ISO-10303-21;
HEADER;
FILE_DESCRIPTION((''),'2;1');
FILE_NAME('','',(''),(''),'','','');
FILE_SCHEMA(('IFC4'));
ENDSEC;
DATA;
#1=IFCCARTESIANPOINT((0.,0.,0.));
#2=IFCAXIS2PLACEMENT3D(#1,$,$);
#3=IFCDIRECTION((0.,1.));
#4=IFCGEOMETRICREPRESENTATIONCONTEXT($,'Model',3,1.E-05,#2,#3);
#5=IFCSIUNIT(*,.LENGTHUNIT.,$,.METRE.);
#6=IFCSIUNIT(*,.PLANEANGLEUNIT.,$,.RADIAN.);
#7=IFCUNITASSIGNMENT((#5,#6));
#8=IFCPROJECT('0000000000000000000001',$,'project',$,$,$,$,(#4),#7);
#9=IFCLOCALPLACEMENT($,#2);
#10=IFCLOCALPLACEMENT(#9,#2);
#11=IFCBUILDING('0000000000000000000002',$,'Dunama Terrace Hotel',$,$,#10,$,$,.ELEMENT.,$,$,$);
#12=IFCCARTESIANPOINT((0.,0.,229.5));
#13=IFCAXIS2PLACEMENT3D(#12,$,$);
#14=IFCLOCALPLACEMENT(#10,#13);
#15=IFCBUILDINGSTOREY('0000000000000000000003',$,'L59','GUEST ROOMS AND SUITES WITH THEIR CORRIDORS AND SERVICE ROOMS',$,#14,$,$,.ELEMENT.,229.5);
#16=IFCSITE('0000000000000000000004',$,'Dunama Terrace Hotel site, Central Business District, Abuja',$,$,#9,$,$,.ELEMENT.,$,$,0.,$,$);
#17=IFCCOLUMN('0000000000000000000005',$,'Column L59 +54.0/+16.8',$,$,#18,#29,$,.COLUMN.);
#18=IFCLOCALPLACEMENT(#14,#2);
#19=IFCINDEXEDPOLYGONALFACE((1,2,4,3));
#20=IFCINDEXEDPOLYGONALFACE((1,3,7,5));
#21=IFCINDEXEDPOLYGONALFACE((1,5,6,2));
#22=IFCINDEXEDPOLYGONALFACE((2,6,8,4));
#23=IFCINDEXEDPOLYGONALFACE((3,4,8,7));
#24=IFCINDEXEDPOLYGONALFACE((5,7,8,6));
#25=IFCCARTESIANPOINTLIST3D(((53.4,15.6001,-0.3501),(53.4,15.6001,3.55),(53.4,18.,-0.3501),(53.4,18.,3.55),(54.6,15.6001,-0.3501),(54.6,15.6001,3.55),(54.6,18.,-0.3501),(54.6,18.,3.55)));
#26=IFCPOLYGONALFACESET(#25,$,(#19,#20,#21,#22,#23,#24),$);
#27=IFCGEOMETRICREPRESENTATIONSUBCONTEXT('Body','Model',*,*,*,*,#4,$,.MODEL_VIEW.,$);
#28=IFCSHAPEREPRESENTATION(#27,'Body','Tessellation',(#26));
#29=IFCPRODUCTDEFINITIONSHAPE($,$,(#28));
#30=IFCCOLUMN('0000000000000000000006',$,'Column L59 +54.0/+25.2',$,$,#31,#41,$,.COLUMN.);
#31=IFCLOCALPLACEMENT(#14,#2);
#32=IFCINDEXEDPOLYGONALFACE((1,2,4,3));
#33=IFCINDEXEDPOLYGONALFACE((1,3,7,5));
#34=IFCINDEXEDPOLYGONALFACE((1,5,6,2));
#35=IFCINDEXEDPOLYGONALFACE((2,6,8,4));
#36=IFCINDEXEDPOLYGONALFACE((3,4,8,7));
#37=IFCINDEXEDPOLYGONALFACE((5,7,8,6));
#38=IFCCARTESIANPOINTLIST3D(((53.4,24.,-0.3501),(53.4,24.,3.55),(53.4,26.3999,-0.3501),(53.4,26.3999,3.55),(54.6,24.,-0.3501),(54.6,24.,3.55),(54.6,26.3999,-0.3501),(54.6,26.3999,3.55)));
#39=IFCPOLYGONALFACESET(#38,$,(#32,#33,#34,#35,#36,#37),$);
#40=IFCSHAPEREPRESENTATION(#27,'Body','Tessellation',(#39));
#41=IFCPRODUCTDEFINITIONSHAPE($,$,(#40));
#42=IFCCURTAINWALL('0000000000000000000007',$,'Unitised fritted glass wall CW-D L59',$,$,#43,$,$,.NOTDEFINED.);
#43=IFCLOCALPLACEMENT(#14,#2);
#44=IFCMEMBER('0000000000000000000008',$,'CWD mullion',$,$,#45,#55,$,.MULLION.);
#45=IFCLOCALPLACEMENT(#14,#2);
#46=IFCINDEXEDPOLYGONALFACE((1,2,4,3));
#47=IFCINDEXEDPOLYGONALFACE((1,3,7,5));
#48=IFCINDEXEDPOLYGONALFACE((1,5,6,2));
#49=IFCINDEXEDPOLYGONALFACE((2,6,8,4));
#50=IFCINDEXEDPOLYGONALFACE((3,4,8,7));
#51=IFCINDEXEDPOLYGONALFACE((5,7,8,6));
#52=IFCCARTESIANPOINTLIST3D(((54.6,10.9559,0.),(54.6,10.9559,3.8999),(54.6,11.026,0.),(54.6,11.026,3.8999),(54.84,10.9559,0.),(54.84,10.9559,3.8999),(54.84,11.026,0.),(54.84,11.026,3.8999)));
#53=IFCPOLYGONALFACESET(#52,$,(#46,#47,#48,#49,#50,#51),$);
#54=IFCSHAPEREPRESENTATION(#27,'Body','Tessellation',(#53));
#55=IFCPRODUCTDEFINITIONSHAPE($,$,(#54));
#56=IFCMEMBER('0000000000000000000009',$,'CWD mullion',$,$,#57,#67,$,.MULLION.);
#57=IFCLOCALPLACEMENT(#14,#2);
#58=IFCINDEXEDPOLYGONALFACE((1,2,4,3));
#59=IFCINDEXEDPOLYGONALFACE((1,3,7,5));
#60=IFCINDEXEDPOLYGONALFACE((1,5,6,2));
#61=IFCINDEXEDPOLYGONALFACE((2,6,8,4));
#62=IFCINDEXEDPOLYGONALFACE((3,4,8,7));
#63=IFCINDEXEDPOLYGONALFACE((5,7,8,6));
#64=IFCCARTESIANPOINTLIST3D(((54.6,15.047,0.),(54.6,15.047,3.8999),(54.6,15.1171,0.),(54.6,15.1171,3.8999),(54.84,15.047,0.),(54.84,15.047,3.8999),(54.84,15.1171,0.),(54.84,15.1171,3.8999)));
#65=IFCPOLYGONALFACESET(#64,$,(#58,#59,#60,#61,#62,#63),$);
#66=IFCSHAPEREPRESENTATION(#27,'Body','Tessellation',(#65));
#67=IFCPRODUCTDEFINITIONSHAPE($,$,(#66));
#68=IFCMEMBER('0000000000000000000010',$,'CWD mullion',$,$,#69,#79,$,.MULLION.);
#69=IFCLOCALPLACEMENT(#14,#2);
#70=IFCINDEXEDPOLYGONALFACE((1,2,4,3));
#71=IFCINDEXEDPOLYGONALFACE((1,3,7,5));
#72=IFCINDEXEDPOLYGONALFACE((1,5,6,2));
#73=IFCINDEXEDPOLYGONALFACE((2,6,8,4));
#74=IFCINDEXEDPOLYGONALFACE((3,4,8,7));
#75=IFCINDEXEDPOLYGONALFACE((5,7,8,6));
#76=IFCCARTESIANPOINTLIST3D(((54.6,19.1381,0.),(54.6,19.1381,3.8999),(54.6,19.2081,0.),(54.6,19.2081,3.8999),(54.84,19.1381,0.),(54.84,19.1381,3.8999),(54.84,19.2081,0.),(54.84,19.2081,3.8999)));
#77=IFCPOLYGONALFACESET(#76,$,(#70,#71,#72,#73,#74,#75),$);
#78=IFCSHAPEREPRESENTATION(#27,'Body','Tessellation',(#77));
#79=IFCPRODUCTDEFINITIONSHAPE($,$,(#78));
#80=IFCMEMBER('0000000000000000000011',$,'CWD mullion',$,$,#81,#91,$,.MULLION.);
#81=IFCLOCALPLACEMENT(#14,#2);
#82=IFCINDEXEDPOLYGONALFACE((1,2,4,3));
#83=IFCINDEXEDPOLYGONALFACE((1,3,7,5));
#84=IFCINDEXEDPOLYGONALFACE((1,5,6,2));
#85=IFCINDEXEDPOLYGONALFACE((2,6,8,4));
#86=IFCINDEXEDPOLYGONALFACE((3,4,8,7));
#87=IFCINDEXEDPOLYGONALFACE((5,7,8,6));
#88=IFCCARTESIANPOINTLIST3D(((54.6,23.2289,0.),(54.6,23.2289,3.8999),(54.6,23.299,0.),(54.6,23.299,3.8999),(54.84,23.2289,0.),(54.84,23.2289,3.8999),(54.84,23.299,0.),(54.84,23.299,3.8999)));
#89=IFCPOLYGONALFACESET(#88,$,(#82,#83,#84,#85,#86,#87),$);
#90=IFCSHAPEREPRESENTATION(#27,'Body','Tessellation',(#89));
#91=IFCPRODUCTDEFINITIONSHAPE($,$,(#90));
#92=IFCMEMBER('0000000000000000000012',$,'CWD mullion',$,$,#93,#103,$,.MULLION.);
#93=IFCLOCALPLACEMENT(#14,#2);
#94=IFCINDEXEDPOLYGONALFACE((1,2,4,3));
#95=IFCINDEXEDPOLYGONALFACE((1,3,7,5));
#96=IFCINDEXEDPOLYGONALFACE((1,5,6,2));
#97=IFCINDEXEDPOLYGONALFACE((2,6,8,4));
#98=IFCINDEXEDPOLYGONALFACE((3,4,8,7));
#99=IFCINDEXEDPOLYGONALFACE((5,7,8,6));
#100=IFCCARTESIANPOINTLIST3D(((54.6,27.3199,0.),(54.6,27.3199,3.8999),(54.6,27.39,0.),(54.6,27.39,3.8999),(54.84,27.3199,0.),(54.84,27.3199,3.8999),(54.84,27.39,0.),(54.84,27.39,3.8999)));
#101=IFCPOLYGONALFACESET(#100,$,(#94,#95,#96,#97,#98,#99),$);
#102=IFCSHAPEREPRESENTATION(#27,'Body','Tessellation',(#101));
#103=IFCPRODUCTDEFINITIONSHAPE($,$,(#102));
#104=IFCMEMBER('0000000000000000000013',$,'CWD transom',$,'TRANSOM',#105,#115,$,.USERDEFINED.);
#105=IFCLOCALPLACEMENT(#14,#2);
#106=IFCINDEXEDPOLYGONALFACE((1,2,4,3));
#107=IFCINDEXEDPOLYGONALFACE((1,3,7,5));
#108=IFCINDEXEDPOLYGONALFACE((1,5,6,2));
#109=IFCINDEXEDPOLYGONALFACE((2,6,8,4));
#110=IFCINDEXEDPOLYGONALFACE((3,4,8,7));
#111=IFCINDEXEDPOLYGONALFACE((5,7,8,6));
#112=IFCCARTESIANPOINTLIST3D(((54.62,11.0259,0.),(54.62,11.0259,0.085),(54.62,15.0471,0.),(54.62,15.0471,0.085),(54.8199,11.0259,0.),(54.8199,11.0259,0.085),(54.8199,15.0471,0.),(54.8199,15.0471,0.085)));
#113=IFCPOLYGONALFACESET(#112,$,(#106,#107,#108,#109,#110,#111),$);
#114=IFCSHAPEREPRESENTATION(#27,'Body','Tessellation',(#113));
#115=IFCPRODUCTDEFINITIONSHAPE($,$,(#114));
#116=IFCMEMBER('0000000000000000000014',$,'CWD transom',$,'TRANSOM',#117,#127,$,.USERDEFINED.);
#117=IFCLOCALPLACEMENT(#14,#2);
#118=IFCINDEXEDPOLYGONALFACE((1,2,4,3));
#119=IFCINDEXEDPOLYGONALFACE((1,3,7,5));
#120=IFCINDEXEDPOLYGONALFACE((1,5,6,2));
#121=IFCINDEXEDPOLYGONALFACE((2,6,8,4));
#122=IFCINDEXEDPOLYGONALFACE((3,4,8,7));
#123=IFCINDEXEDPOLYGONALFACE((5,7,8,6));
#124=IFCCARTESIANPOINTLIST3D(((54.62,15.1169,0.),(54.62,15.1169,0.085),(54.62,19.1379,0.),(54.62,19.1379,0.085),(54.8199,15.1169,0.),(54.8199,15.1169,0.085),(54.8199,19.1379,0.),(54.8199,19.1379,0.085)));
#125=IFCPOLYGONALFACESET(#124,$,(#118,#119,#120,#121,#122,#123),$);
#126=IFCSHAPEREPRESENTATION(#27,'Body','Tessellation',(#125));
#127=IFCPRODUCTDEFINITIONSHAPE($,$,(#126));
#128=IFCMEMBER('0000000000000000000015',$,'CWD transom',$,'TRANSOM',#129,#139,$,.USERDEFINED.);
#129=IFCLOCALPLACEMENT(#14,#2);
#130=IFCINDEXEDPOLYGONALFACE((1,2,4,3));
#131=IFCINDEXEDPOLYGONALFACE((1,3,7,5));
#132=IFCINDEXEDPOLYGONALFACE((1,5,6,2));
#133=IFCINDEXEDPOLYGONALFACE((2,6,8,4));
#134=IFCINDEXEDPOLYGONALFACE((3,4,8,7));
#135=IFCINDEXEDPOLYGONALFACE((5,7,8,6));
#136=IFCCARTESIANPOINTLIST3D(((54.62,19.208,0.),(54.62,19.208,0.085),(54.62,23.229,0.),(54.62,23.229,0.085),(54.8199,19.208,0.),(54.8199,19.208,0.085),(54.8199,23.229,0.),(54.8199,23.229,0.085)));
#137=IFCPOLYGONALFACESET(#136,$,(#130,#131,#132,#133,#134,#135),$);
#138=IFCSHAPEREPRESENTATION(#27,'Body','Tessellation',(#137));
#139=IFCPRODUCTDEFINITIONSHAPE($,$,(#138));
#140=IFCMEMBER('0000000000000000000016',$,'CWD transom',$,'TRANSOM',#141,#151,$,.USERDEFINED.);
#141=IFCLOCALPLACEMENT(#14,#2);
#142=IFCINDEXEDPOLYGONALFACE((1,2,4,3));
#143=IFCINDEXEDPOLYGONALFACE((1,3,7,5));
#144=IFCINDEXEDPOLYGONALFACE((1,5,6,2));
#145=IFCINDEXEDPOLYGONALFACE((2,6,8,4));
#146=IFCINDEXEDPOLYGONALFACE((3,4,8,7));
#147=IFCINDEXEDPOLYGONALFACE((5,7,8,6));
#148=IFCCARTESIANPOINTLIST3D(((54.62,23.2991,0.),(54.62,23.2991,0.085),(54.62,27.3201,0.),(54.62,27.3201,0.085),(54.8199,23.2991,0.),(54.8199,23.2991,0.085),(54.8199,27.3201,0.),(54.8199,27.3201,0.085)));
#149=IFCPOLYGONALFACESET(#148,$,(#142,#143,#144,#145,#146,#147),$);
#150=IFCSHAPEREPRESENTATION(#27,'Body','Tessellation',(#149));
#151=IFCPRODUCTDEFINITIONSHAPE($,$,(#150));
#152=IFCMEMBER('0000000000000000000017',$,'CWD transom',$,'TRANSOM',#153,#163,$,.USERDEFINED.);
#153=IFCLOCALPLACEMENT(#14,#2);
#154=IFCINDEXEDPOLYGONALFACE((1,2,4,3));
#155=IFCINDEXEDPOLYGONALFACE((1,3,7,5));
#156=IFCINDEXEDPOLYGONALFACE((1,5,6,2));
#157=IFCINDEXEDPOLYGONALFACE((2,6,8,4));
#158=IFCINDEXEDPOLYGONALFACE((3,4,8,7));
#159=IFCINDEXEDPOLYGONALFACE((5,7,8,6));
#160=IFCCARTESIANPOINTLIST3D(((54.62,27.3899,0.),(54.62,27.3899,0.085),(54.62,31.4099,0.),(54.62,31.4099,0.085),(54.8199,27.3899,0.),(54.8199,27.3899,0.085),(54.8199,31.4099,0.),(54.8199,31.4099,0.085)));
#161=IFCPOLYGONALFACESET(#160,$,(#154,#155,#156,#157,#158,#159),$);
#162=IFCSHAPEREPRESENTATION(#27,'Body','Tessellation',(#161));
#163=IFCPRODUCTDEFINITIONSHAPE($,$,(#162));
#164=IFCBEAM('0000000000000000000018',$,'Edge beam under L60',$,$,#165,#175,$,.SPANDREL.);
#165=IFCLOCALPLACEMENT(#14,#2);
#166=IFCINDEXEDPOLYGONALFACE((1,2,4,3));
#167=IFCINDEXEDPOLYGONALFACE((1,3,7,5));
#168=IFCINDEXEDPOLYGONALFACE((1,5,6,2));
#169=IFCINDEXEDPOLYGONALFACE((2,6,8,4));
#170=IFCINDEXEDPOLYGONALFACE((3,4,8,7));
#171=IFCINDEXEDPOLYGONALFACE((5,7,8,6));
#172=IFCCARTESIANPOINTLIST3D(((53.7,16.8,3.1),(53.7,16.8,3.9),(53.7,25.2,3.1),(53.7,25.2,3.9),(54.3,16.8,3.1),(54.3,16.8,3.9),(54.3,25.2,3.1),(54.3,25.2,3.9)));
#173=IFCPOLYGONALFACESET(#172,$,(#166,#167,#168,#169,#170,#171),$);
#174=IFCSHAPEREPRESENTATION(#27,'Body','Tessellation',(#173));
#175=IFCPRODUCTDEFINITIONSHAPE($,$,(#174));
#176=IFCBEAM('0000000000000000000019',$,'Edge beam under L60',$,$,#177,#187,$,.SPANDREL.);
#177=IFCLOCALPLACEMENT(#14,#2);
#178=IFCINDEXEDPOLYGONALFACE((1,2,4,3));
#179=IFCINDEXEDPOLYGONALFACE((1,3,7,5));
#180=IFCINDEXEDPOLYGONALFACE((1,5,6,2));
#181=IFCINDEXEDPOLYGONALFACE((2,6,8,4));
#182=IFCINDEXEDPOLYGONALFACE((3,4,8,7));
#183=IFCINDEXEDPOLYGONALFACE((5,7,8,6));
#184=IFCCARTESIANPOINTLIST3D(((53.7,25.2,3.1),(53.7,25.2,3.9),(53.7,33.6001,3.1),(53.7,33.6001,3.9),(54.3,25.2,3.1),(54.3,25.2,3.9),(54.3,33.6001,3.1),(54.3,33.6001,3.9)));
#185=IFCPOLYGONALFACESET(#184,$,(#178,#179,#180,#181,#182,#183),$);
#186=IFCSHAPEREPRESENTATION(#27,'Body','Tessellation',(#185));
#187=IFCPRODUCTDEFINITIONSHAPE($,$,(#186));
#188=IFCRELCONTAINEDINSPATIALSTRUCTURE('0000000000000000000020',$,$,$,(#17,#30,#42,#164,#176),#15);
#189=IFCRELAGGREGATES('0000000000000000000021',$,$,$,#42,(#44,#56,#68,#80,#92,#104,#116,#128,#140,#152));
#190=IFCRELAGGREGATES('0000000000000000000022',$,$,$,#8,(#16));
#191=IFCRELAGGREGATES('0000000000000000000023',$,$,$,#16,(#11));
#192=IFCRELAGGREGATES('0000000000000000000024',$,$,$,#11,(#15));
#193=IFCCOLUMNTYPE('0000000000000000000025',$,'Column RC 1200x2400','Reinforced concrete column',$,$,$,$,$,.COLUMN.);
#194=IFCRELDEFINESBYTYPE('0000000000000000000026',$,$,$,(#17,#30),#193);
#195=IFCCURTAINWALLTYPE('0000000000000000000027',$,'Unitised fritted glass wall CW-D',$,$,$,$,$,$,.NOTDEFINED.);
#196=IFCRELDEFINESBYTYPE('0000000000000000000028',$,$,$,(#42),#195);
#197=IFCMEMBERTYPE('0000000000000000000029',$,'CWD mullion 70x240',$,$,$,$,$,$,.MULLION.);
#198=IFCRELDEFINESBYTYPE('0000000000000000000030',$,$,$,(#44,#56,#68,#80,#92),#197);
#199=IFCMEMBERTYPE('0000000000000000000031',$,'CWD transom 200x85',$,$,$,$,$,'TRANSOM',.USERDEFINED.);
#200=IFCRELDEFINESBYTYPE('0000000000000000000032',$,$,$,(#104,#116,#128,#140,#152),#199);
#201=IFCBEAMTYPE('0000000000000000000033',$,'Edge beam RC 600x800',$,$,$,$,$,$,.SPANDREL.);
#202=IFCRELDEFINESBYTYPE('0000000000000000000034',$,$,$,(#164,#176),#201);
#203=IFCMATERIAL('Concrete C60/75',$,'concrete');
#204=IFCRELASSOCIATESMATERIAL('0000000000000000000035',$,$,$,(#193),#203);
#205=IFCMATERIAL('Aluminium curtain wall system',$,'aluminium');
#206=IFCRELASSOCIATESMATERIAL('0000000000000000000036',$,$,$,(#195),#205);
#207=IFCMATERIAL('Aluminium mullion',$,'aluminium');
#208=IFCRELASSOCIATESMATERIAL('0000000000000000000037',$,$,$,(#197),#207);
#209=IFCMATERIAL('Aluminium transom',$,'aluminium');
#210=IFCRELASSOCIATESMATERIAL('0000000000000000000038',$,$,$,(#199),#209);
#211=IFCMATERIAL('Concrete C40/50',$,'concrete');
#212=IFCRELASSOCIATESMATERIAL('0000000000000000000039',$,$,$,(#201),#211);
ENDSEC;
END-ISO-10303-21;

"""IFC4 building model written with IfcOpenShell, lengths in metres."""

from ifc_helpers import new_model, si_unit, direction, frame, origin, origin_2d, place, context, subcontext, project, spatial, rectangle, extrude, material, material_profile, profile_set, type_object, element, aggregate, save


model = new_model("IFC4")

# Units and contexts
model_context = context("Model", 3, precision=1e-05, world=origin(), true_north=direction((0.0, 1.0)))
body_context = subcontext(model_context, "Body", "Model", "MODEL_VIEW")
ifc_project = project(units=[si_unit("LENGTHUNIT", "METRE"), si_unit("PLANEANGLEUNIT", "RADIAN")], contexts=[model_context])

# Site, building, storey
site_placement = place(None, origin())
site = spatial("IfcSite", under=ifc_project, at=site_placement, Name="Dunama Terrace Hotel site, Central Business District, Abuja", CompositionType="ELEMENT", RefElevation=0.0)
building_placement = place(site_placement, origin())
building = spatial("IfcBuilding", under=site, at=building_placement, Name="Dunama Terrace Hotel", CompositionType="ELEMENT")
storey_placement = place(building_placement, frame((0.0, 0.0, 229.5)))
storey = spatial("IfcBuildingStorey", under=building, at=storey_placement, Name="L59", Description="GUEST ROOMS AND SUITES WITH THEIR CORRIDORS AND SERVICE ROOMS", CompositionType="ELEMENT", Elevation=229.5)

# Columns
ifc_material_1 = material(Name="Concrete C60/75", Category="concrete")
ifc_material_profile_1 = material_profile(ifc_material_1, rectangle(XDim=1.2, YDim=2.3999, at=origin_2d()), Name="RC 1200x2400")
ifc_profile_set_1 = profile_set([ifc_material_profile_1], Name="Concrete C60/75")
column_type = type_object("IfcColumnType", Name="Column RC 1200x2400", Description="Reinforced concrete column", PredefinedType="COLUMN", material=ifc_profile_set_1)
for number, where, z_axis, x_axis, name in (
    (1, (54.0, 16.8, -0.3501), (0.0, 0.0, 1.0), (1.0, 0.0, 0.0), "Column L59 +54.0/+16.8"),
    (2, (54.0, 25.2, -0.3501), (0.0, 0.0, 1.0), (1.0, 0.0, 0.0), "Column L59 +54.0/+25.2"),
):
    element("IfcColumn", number, at=place(storey_placement, frame(where, z_axis=z_axis, x_axis=x_axis)), inside=storey, type_object=column_type, Name=name, PredefinedType="COLUMN", context=body_context, shape_type="SweptSolid", body=[
        extrude(rectangle(XDim=1.2, YDim=2.3999, at=origin_2d()), origin(), (0.0, 0.0, 1.0), 3.9001),
    ])

# Curtain wall, members
ifc_material_2 = material(Name="Aluminium curtain wall system", Category="aluminium")
curtain_wall_type = type_object("IfcCurtainWallType", Name="Unitised fritted glass wall CW-D", PredefinedType="NOTDEFINED", material=ifc_material_2)
curtain_wall_placement = place(storey_placement, origin())
curtain_wall = element("IfcCurtainWall", 3, at=curtain_wall_placement, inside=storey, type_object=curtain_wall_type, Name="Unitised fritted glass wall CW-D L59", PredefinedType="NOTDEFINED")
ifc_material_3 = material(Name="Aluminium mullion", Category="aluminium")
ifc_material_profile_2 = material_profile(ifc_material_3, rectangle(XDim=0.0701, YDim=0.24, at=origin_2d()), Name="CWD MULLION 70X240")
ifc_profile_set_2 = profile_set([ifc_material_profile_2], Name="Aluminium mullion")
member_type_1 = type_object("IfcMemberType", Name="CWD mullion 70x240", PredefinedType="MULLION", material=ifc_profile_set_2)
member_1_placement = place(storey_placement, frame((54.72, 10.991, 0.0), z_axis=(0.0, 0.0, 1.0), x_axis=(0.0, 1.0, 0.0)))
member_1 = element("IfcMember", 4, at=member_1_placement, type_object=member_type_1, Name="CWD mullion", PredefinedType="MULLION", context=body_context, shape_type="SweptSolid", body=[
    extrude(rectangle(XDim=0.0701, YDim=0.24, at=origin_2d()), origin(), (0.0, 0.0, 1.0), 3.8999),
])
member_2_placement = place(storey_placement, frame((54.72, 15.082, 0.0), z_axis=(0.0, 0.0, 1.0), x_axis=(0.0, 1.0, 0.0)))
member_2 = element("IfcMember", 5, at=member_2_placement, type_object=member_type_1, Name="CWD mullion", PredefinedType="MULLION", context=body_context, shape_type="SweptSolid", body=[
    extrude(rectangle(XDim=0.0701, YDim=0.24, at=origin_2d()), origin(), (0.0, 0.0, 1.0), 3.8999),
])
member_3_placement = place(storey_placement, frame((54.72, 19.1731, 0.0), z_axis=(0.0, 0.0, 1.0), x_axis=(0.0, 1.0, 0.0)))
member_3 = element("IfcMember", 6, at=member_3_placement, type_object=member_type_1, Name="CWD mullion", PredefinedType="MULLION", context=body_context, shape_type="SweptSolid", body=[
    extrude(rectangle(XDim=0.0701, YDim=0.24, at=origin_2d()), origin(), (0.0, 0.0, 1.0), 3.8999),
])
member_4_placement = place(storey_placement, frame((54.72, 23.2639, 0.0), z_axis=(0.0, 0.0, 1.0), x_axis=(0.0, 1.0, 0.0)))
member_4 = element("IfcMember", 7, at=member_4_placement, type_object=member_type_1, Name="CWD mullion", PredefinedType="MULLION", context=body_context, shape_type="SweptSolid", body=[
    extrude(rectangle(XDim=0.0701, YDim=0.24, at=origin_2d()), origin(), (0.0, 0.0, 1.0), 3.8999),
])
member_5_placement = place(storey_placement, frame((54.72, 27.355, 0.0), z_axis=(0.0, 0.0, 1.0), x_axis=(0.0, 1.0, 0.0)))
member_5 = element("IfcMember", 8, at=member_5_placement, type_object=member_type_1, Name="CWD mullion", PredefinedType="MULLION", context=body_context, shape_type="SweptSolid", body=[
    extrude(rectangle(XDim=0.0701, YDim=0.24, at=origin_2d()), origin(), (0.0, 0.0, 1.0), 3.8999),
])
ifc_material_4 = material(Name="Aluminium transom", Category="aluminium")
ifc_material_profile_3 = material_profile(ifc_material_4, rectangle(XDim=0.2, YDim=0.085, at=origin_2d()), Name="CWD TRANSOM 200X85")
ifc_profile_set_3 = profile_set([ifc_material_profile_3], Name="Aluminium transom")
member_type_2 = type_object("IfcMemberType", Name="CWD transom 200x85", ElementType="TRANSOM", PredefinedType="USERDEFINED", material=ifc_profile_set_3)
member_6_placement = place(storey_placement, frame((54.72, 11.0259, 0.0425), z_axis=(0.0, 1.0, 0.0), x_axis=(-1.0, 0.0, 0.0)))
member_6 = element("IfcMember", 9, at=member_6_placement, type_object=member_type_2, Name="CWD transom", ObjectType="TRANSOM", PredefinedType="USERDEFINED", context=body_context, shape_type="SweptSolid", body=[
    extrude(rectangle(XDim=0.2, YDim=0.085, at=origin_2d()), origin(), (0.0, 0.0, 1.0), 4.0212),
])
member_7_placement = place(storey_placement, frame((54.72, 15.1169, 0.0425), z_axis=(0.0, 1.0, 0.0), x_axis=(-1.0, 0.0, 0.0)))
member_7 = element("IfcMember", 10, at=member_7_placement, type_object=member_type_2, Name="CWD transom", ObjectType="TRANSOM", PredefinedType="USERDEFINED", context=body_context, shape_type="SweptSolid", body=[
    extrude(rectangle(XDim=0.2, YDim=0.085, at=origin_2d()), origin(), (0.0, 0.0, 1.0), 4.021),
])
member_8_placement = place(storey_placement, frame((54.72, 19.208, 0.0425), z_axis=(0.0, 1.0, 0.0), x_axis=(-1.0, 0.0, 0.0)))
member_8 = element("IfcMember", 11, at=member_8_placement, type_object=member_type_2, Name="CWD transom", ObjectType="TRANSOM", PredefinedType="USERDEFINED", context=body_context, shape_type="SweptSolid", body=[
    extrude(rectangle(XDim=0.2, YDim=0.085, at=origin_2d()), origin(), (0.0, 0.0, 1.0), 4.021),
])
member_9_placement = place(storey_placement, frame((54.72, 23.2991, 0.0425), z_axis=(0.0, 1.0, 0.0), x_axis=(-1.0, 0.0, 0.0)))
member_9 = element("IfcMember", 12, at=member_9_placement, type_object=member_type_2, Name="CWD transom", ObjectType="TRANSOM", PredefinedType="USERDEFINED", context=body_context, shape_type="SweptSolid", body=[
    extrude(rectangle(XDim=0.2, YDim=0.085, at=origin_2d()), origin(), (0.0, 0.0, 1.0), 4.021),
])
member_10_placement = place(storey_placement, frame((54.72, 27.3899, 0.0425), z_axis=(0.0, 1.0, 0.0), x_axis=(-1.0, 0.0, 0.0)))
member_10 = element("IfcMember", 13, at=member_10_placement, type_object=member_type_2, Name="CWD transom", ObjectType="TRANSOM", PredefinedType="USERDEFINED", context=body_context, shape_type="SweptSolid", body=[
    extrude(rectangle(XDim=0.2, YDim=0.085, at=origin_2d()), origin(), (0.0, 0.0, 1.0), 4.02),
])

# Beams
ifc_material_5 = material(Name="Concrete C40/50", Category="concrete")
ifc_material_profile_4 = material_profile(ifc_material_5, rectangle(XDim=0.6001, YDim=0.8, at=origin_2d()), Name="RC 600x800")
ifc_profile_set_4 = profile_set([ifc_material_profile_4], Name="Concrete C40/50")
beam_type = type_object("IfcBeamType", Name="Edge beam RC 600x800", PredefinedType="SPANDREL", material=ifc_profile_set_4)
beam_1_placement = place(storey_placement, frame((54.0, 16.8, 3.5), z_axis=(0.0, 1.0, 0.0), x_axis=(-1.0, 0.0, 0.0)))
element("IfcBeam", 14, at=beam_1_placement, inside=storey, type_object=beam_type, Name="Edge beam under L60", PredefinedType="SPANDREL", context=body_context, shape_type="SweptSolid", body=[
    extrude(rectangle(XDim=0.6001, YDim=0.8, at=origin_2d()), origin(), (0.0, 0.0, 1.0), 8.3999),
])
beam_2_placement = place(storey_placement, frame((54.0, 25.2, 3.5), z_axis=(0.0, 1.0, 0.0), x_axis=(-1.0, 0.0, 0.0)))
element("IfcBeam", 15, at=beam_2_placement, inside=storey, type_object=beam_type, Name="Edge beam under L60", PredefinedType="SPANDREL", context=body_context, shape_type="SweptSolid", body=[
    extrude(rectangle(XDim=0.6001, YDim=0.8, at=origin_2d()), origin(), (0.0, 0.0, 1.0), 8.4001),
])

aggregate(curtain_wall, [member_1, member_2, member_3, member_4, member_5, member_6, member_7, member_8, member_9, member_10])

save(model, "model.ifc")
